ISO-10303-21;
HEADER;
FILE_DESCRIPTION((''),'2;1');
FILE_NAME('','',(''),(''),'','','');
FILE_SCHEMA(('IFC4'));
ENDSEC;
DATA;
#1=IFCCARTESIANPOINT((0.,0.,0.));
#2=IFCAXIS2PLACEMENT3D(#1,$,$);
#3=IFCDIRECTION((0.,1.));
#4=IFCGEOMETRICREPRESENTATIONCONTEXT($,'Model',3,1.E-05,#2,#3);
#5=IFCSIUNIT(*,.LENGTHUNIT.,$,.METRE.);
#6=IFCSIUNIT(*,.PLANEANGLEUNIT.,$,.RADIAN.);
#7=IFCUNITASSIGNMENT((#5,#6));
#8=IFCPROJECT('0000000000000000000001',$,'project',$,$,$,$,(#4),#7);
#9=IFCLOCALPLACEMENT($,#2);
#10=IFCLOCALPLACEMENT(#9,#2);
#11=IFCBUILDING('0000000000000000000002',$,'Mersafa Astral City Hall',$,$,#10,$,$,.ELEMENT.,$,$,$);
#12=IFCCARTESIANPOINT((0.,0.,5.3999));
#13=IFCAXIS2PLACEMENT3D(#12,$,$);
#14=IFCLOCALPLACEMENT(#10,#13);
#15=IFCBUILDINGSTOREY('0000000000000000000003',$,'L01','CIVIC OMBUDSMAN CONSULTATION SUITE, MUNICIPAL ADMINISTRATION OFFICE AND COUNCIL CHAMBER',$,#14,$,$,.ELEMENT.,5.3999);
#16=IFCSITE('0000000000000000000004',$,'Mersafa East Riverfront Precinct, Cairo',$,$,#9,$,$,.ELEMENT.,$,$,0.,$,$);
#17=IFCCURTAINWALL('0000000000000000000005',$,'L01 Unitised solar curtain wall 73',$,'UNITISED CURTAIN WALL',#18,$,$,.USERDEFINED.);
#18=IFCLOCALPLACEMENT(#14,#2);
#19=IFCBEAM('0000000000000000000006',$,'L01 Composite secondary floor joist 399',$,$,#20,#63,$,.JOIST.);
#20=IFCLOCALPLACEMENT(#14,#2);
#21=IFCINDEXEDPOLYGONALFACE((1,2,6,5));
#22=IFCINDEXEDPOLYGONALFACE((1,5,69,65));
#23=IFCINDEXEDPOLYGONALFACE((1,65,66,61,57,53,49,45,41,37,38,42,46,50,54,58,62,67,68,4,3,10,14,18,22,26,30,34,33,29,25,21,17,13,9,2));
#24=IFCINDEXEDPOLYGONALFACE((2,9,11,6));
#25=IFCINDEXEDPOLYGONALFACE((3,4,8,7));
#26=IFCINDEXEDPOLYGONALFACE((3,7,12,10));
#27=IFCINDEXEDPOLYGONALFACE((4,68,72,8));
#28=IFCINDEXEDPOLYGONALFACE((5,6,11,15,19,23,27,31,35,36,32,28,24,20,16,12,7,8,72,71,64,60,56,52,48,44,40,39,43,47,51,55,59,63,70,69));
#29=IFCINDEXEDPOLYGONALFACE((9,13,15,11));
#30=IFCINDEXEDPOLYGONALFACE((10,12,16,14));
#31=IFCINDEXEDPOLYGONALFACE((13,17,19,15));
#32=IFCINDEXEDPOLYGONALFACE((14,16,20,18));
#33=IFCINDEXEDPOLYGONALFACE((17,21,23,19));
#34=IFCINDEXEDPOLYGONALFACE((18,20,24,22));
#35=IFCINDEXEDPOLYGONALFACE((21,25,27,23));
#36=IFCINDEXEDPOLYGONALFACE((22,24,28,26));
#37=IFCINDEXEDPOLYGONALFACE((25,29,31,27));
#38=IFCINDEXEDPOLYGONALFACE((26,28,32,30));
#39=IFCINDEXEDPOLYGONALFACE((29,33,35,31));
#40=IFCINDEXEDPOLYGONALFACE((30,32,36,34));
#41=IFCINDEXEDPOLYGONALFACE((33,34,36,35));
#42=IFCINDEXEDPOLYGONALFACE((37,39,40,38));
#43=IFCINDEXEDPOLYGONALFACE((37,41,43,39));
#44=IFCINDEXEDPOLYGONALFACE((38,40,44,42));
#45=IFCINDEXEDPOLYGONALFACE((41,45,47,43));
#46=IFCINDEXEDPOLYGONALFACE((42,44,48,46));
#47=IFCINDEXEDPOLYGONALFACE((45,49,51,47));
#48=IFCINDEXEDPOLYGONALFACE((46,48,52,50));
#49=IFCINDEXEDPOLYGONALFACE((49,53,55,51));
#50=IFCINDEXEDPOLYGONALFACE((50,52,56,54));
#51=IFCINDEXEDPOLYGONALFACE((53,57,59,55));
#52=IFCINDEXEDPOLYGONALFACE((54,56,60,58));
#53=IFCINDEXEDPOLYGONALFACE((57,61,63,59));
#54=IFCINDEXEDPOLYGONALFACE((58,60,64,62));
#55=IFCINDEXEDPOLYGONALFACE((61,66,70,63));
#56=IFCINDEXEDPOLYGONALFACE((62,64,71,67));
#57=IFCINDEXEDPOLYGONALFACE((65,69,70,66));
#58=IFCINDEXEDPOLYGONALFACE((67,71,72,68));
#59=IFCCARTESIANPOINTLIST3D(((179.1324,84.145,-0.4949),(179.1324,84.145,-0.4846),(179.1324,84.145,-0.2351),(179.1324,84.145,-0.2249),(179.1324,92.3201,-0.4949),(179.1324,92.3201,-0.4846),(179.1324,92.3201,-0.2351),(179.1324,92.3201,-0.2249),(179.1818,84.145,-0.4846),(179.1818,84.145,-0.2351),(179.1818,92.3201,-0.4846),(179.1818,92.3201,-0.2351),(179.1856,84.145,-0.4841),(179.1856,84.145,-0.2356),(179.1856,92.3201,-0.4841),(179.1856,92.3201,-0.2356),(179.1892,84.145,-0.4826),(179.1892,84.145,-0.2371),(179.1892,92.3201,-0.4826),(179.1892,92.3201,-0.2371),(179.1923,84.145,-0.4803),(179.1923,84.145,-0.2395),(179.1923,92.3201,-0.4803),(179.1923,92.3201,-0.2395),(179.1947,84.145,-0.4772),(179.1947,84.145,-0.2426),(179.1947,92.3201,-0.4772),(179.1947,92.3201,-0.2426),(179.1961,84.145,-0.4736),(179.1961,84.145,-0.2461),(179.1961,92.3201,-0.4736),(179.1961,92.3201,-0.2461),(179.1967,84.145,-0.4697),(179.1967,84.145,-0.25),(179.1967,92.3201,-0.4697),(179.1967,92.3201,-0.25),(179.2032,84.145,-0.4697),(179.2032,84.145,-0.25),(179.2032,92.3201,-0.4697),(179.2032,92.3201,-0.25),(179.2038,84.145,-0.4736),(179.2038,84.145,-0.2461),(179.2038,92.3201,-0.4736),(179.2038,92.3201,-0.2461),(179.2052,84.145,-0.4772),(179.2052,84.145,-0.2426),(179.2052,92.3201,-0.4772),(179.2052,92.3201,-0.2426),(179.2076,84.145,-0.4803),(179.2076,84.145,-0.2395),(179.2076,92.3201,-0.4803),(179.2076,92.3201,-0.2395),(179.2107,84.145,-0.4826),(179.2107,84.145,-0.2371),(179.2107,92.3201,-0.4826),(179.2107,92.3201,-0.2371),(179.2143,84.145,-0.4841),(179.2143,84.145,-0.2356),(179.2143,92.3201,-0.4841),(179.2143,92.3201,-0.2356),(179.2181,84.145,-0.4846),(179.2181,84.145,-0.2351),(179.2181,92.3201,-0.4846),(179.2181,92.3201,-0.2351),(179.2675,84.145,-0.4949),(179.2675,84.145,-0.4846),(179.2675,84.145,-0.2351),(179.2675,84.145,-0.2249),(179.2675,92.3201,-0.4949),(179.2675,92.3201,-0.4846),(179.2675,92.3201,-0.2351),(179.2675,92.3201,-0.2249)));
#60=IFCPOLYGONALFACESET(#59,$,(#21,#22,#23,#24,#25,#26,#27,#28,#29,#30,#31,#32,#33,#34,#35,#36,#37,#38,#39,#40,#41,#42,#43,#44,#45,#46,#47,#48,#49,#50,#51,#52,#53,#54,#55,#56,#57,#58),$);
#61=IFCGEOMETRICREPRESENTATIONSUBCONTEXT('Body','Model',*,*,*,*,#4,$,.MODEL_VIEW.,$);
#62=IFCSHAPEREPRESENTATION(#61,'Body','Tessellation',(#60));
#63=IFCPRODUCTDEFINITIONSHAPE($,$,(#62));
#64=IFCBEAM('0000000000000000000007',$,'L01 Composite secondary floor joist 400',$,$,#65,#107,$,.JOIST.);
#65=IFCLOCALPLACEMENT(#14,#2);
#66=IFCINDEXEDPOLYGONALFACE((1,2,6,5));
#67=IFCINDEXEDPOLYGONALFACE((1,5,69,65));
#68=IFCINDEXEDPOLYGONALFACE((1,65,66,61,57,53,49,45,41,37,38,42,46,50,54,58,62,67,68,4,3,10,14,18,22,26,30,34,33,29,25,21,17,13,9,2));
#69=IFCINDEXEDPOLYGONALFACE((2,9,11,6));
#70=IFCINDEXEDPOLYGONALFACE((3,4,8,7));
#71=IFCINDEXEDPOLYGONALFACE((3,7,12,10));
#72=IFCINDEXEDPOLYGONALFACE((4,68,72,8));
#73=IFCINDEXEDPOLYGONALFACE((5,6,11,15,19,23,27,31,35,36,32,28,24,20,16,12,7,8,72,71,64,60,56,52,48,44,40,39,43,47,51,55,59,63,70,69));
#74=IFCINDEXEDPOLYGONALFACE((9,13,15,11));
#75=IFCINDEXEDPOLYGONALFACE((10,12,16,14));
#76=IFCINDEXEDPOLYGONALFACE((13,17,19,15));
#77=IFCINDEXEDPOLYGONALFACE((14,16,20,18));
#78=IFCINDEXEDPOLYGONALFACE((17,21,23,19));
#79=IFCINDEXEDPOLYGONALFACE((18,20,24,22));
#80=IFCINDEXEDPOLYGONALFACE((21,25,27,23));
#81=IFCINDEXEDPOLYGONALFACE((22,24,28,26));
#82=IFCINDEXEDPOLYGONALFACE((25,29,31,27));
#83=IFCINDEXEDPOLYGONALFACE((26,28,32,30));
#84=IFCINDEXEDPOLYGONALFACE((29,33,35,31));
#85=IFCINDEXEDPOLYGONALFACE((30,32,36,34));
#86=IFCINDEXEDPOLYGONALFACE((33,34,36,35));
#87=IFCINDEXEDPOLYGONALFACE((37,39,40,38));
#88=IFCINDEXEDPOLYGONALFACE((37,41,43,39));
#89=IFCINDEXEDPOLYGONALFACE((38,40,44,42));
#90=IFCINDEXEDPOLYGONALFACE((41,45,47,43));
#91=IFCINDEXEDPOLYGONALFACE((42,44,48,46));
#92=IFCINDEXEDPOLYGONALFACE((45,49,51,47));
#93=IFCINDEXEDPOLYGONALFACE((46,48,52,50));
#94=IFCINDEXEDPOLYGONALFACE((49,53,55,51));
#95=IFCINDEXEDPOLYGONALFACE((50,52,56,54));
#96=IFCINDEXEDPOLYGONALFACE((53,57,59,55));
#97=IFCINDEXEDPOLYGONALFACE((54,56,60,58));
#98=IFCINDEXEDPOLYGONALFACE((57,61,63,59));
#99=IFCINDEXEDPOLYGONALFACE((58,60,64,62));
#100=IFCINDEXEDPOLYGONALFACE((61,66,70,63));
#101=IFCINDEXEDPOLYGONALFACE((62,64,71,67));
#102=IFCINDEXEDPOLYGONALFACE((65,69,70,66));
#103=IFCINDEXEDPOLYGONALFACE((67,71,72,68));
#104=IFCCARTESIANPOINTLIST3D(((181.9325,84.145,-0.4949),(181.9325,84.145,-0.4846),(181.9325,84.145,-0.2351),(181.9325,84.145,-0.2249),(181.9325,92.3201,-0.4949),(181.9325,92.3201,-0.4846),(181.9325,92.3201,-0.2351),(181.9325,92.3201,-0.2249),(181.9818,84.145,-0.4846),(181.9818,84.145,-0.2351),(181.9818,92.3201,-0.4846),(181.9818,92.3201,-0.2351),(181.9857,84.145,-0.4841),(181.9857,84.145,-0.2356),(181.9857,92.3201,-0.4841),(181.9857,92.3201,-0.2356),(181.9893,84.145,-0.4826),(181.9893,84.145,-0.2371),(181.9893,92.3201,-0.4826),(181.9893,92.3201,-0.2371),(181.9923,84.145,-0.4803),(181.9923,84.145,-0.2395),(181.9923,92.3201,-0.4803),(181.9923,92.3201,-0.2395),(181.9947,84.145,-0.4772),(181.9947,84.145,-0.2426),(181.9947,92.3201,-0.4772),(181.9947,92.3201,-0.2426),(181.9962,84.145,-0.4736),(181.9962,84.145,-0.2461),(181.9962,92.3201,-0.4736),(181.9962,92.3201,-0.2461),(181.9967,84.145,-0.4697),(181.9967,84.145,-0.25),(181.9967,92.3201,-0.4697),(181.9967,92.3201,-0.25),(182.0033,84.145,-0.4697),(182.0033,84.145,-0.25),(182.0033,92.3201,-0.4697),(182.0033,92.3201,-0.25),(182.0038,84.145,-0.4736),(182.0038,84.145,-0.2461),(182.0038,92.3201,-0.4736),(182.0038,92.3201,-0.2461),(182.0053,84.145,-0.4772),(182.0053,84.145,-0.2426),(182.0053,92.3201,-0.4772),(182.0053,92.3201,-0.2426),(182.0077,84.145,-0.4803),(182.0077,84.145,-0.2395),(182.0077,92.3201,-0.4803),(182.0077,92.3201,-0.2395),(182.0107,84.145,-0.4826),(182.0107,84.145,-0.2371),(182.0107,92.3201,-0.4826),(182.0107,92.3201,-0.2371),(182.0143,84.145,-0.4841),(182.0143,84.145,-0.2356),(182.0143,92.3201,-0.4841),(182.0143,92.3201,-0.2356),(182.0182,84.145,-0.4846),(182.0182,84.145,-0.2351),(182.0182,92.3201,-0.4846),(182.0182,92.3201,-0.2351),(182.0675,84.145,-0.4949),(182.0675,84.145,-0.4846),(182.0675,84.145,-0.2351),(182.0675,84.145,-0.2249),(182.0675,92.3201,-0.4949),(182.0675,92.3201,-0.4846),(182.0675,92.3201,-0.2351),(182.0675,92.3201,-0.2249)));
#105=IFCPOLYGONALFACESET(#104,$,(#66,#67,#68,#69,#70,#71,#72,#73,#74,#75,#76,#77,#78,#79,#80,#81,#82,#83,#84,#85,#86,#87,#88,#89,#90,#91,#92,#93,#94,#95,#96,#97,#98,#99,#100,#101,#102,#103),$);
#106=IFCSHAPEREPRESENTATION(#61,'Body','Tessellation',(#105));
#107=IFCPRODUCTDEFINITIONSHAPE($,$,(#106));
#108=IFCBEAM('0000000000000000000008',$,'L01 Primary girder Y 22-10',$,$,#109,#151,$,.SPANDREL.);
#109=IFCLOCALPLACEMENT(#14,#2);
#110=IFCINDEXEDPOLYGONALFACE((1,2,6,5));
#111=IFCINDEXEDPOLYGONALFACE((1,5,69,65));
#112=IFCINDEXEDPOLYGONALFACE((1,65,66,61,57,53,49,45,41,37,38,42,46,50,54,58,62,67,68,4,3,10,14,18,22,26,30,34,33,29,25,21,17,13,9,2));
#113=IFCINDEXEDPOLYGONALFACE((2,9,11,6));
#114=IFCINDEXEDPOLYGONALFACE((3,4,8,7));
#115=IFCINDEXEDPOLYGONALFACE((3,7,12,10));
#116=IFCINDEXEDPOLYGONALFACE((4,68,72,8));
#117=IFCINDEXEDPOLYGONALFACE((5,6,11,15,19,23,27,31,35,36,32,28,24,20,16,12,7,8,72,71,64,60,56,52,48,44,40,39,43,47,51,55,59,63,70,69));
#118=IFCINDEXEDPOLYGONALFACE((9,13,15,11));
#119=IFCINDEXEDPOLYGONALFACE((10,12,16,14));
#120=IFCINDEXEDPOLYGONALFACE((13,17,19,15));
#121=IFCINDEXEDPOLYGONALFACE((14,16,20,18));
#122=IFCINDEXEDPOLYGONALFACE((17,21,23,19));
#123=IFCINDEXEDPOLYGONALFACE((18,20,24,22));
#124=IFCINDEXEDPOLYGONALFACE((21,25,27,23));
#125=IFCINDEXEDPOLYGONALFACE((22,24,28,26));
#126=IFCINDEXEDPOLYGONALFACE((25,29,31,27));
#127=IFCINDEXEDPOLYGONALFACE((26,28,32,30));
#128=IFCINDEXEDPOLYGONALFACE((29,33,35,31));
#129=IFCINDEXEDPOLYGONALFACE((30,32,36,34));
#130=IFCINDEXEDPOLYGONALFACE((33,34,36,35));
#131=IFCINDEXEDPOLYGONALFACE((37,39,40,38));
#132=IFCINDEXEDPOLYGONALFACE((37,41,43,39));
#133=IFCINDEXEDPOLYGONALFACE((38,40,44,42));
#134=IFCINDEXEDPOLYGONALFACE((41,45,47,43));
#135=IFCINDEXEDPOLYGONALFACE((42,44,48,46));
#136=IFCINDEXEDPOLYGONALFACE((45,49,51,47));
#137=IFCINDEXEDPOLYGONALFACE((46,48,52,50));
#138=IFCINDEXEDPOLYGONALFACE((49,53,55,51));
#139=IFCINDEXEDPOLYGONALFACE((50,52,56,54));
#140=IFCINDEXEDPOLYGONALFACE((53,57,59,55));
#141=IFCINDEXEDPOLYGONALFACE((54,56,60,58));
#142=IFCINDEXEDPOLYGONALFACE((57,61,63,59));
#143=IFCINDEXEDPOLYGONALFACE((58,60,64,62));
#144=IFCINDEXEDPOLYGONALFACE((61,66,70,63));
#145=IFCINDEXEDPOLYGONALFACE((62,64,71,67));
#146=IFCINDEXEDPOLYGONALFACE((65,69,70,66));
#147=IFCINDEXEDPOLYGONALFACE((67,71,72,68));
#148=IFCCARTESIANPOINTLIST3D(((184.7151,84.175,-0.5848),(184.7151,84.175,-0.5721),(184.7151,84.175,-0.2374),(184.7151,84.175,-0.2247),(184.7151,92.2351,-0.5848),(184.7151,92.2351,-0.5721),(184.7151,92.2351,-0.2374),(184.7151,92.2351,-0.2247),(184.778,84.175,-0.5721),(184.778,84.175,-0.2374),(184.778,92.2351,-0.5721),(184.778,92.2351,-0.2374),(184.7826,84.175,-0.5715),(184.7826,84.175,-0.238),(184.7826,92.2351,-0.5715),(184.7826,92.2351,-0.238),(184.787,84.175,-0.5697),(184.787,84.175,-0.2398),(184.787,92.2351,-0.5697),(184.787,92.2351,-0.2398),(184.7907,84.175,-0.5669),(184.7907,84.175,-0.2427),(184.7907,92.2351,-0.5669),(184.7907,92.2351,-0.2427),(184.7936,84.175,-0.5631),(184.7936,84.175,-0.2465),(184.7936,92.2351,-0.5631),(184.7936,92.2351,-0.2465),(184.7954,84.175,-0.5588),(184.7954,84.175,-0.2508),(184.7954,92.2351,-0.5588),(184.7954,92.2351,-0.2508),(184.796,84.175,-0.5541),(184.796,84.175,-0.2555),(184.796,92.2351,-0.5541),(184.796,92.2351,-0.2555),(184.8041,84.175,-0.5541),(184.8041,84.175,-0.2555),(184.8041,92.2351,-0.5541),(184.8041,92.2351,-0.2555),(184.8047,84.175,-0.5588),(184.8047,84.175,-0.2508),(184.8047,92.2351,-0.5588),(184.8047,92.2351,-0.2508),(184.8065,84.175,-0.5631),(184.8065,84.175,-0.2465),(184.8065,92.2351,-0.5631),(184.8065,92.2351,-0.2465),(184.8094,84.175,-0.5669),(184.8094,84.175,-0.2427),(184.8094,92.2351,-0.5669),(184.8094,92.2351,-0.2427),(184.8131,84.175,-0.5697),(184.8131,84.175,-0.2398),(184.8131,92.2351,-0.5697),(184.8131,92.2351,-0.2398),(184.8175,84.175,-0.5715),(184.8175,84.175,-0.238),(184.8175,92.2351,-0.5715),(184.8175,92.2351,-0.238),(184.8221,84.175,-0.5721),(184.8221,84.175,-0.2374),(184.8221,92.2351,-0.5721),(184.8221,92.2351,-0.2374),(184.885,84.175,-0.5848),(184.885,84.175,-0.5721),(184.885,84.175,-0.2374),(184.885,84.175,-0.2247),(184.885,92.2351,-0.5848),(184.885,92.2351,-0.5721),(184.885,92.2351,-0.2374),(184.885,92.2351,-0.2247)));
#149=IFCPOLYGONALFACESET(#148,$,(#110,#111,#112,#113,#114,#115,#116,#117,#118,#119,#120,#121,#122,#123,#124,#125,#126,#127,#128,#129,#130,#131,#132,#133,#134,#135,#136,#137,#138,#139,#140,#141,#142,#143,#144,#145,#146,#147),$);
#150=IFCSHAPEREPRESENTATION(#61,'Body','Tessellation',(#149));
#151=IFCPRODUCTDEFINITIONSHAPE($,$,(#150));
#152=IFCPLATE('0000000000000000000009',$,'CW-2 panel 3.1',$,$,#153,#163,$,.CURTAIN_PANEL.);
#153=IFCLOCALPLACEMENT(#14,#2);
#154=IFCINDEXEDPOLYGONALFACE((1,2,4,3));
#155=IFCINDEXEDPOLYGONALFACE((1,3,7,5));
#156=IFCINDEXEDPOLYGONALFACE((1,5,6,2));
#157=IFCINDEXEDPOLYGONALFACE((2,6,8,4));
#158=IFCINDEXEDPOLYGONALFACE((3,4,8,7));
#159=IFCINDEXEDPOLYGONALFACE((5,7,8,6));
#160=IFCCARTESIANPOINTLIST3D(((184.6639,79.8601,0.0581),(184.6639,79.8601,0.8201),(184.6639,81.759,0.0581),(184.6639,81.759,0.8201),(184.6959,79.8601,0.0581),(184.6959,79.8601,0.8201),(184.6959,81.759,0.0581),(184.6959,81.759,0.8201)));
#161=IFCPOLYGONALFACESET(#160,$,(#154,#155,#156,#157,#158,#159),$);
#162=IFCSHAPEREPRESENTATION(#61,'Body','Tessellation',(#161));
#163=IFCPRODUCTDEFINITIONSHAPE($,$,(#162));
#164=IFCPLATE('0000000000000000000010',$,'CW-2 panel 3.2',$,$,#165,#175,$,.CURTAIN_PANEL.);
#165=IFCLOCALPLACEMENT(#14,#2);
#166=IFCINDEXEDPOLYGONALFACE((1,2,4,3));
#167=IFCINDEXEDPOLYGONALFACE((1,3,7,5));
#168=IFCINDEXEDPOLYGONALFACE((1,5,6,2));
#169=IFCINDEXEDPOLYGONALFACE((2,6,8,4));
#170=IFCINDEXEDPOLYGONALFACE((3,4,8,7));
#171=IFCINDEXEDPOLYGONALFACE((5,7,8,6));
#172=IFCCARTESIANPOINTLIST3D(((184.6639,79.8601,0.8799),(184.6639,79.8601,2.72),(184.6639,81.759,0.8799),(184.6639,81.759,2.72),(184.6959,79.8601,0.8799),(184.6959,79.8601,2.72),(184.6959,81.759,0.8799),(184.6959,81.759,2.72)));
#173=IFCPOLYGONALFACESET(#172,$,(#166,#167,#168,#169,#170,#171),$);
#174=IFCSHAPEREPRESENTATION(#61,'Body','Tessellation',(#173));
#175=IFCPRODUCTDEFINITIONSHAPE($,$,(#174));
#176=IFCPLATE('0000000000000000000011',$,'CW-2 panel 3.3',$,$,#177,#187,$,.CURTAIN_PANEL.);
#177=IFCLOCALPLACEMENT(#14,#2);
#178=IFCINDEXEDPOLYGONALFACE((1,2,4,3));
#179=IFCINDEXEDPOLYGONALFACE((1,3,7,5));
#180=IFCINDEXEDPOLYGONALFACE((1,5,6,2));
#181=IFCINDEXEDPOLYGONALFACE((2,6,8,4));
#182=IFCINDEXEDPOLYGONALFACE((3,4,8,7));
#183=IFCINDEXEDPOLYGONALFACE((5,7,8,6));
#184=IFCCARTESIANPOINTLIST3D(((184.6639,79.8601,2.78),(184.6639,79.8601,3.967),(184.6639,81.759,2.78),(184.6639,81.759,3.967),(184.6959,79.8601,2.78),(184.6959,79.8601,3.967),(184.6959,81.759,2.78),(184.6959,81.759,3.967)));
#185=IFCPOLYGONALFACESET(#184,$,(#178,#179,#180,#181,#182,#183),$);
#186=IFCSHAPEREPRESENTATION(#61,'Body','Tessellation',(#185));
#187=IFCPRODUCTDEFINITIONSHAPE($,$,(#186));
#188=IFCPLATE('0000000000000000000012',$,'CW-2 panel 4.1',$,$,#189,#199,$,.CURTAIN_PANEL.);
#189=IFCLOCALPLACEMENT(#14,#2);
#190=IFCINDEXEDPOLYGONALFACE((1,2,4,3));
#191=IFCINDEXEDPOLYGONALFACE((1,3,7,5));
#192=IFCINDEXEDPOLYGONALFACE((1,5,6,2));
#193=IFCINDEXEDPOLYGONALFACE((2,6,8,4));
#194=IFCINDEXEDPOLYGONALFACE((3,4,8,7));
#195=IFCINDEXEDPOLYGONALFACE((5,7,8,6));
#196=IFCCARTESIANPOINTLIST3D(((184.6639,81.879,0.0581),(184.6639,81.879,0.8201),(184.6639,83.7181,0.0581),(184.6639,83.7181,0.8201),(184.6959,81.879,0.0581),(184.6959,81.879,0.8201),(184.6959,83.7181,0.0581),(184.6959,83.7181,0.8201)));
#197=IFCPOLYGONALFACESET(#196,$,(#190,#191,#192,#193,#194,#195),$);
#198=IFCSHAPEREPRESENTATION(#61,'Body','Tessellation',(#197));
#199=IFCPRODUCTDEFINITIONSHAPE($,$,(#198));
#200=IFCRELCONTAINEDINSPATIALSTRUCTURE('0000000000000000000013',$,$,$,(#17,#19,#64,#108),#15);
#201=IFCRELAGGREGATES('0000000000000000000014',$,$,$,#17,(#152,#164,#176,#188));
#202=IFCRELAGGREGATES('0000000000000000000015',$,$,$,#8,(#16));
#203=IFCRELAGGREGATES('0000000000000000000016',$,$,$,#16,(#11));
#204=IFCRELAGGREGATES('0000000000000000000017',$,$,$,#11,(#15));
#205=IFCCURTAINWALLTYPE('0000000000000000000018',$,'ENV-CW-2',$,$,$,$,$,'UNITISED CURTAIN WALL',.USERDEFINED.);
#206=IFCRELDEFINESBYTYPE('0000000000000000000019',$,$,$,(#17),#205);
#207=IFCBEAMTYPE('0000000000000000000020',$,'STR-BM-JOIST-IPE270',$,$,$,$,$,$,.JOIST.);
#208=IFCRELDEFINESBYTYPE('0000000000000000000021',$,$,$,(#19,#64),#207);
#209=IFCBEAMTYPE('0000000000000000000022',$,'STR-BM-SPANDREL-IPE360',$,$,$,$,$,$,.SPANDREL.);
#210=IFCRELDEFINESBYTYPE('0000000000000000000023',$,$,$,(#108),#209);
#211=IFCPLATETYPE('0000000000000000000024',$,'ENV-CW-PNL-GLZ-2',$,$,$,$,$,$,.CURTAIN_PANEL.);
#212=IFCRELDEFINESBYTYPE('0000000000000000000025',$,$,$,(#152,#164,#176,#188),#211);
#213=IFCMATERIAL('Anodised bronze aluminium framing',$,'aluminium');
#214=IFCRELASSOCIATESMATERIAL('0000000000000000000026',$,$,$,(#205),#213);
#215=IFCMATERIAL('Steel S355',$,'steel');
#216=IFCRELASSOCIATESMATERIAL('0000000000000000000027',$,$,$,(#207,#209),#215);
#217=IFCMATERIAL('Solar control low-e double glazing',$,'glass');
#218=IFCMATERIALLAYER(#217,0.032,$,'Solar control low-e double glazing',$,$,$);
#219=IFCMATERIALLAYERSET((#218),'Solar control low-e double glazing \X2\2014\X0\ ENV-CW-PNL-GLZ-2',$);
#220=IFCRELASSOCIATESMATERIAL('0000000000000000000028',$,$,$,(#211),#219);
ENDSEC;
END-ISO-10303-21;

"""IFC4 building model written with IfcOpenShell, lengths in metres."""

from ifc_helpers import new_model, si_unit, direction, frame, origin, origin_2d, place, context, subcontext, project, spatial, rectangle, i_section, extrude, material, layer, layer_set, material_profile, profile_set, type_object, element, aggregate, save


model = new_model("IFC4")

# Units and contexts
model_context = context("Model", 3, precision=1e-05, world=origin(), true_north=direction((0.0, 1.0)))
body_context = subcontext(model_context, "Body", "Model", "MODEL_VIEW")
ifc_project = project(units=[si_unit("LENGTHUNIT", "METRE"), si_unit("PLANEANGLEUNIT", "RADIAN")], contexts=[model_context])

# Site, building, storey
site_placement = place(None, origin())
site = spatial("IfcSite", under=ifc_project, at=site_placement, Name="Mersafa East Riverfront Precinct, Cairo", CompositionType="ELEMENT", RefElevation=0.0)
building_placement = place(site_placement, origin())
building = spatial("IfcBuilding", under=site, at=building_placement, Name="Mersafa Astral City Hall", CompositionType="ELEMENT")
storey_placement = place(building_placement, frame((0.0, 0.0, 5.3999)))
storey = spatial("IfcBuildingStorey", under=building, at=storey_placement, Name="L01", Description="CIVIC OMBUDSMAN CONSULTATION SUITE, MUNICIPAL ADMINISTRATION OFFICE AND COUNCIL CHAMBER", CompositionType="ELEMENT", Elevation=5.3999)

# Shared definitions
ifc_material_1 = material(Name="Steel S355", Category="steel")

# Curtain wall
ifc_material_2 = material(Name="Anodised bronze aluminium framing", Category="aluminium")
curtain_wall_type = type_object("IfcCurtainWallType", Name="ENV-CW-2", ElementType="UNITISED CURTAIN WALL", PredefinedType="USERDEFINED", material=ifc_material_2)
curtain_wall_placement = place(storey_placement, origin())
curtain_wall = element("IfcCurtainWall", 1, at=curtain_wall_placement, inside=storey, type_object=curtain_wall_type, Name="L01 Unitised solar curtain wall 73", ObjectType="UNITISED CURTAIN WALL", PredefinedType="USERDEFINED")

# Beams
ifc_material_profile_1 = material_profile(ifc_material_1, i_section(OverallWidth=0.135, OverallDepth=0.27, WebThickness=0.0066, FlangeThickness=0.0103, FilletRadius=0.0149, at=origin_2d()), Name="IPE 270")
ifc_profile_set_1 = profile_set([ifc_material_profile_1], Name="Steel S355")
beam_type_1 = type_object("IfcBeamType", Name="STR-BM-JOIST-IPE270", PredefinedType="JOIST", material=ifc_profile_set_1)
for number, where, z_axis, x_axis, name in (
    (2, (179.2, 84.145, -0.3599), (0.0, 1.0, 0.0), (-1.0, 0.0, 0.0), "L01 Composite secondary floor joist 399"),
    (3, (182.0, 84.145, -0.3599), (0.0, 1.0, 0.0), (-1.0, 0.0, 0.0), "L01 Composite secondary floor joist 400"),
):
    element("IfcBeam", number, at=place(storey_placement, frame(where, z_axis=z_axis, x_axis=x_axis)), inside=storey, type_object=beam_type_1, Name=name, PredefinedType="JOIST", context=body_context, shape_type="SweptSolid", body=[
        extrude(i_section(OverallWidth=0.135, OverallDepth=0.27, WebThickness=0.0066, FlangeThickness=0.0103, FilletRadius=0.0149, at=origin_2d()), origin(), (0.0, 0.0, 1.0), 8.175),
    ])
ifc_material_profile_2 = material_profile(ifc_material_1, i_section(OverallWidth=0.1699, OverallDepth=0.3601, WebThickness=0.0081, FlangeThickness=0.0127, FilletRadius=0.0181, at=origin_2d()), Name="IPE 360")
ifc_profile_set_2 = profile_set([ifc_material_profile_2], Name="Steel S355")
beam_type_2 = type_object("IfcBeamType", Name="STR-BM-SPANDREL-IPE360", PredefinedType="SPANDREL", material=ifc_profile_set_2)
beam_1_placement = place(storey_placement, frame((184.8, 84.175, -0.4048), z_axis=(0.0, 1.0, 0.0), x_axis=(-1.0, 0.0, 0.0)))
element("IfcBeam", 4, at=beam_1_placement, inside=storey, type_object=beam_type_2, Name="L01 Primary girder Y 22-10", PredefinedType="SPANDREL", context=body_context, shape_type="SweptSolid", body=[
    extrude(i_section(OverallWidth=0.1699, OverallDepth=0.3601, WebThickness=0.0081, FlangeThickness=0.0127, FilletRadius=0.0181, at=origin_2d()), origin(), (0.0, 0.0, 1.0), 8.0601),
])

# Plates
ifc_material_3 = material(Name="Solar control low-e double glazing", Category="glass")
ifc_layer_1 = layer(ifc_material_3, 0.032, Name="Solar control low-e double glazing")
ifc_layer_set_1 = layer_set([ifc_layer_1], Name="Solar control low-e double glazing — ENV-CW-PNL-GLZ-2")
plate_type = type_object("IfcPlateType", Name="ENV-CW-PNL-GLZ-2", PredefinedType="CURTAIN_PANEL", material=ifc_layer_set_1)
plate_1_placement = place(storey_placement, frame((184.6799, 80.8096, 0.0581), z_axis=(0.0, 0.0, 1.0), x_axis=(0.0, 1.0, 0.0)))
plate_1 = element("IfcPlate", 5, at=plate_1_placement, type_object=plate_type, Name="CW-2 panel 3.1", PredefinedType="CURTAIN_PANEL", context=body_context, shape_type="SweptSolid", body=[
    extrude(rectangle(XDim=1.8989, YDim=0.032, at=origin_2d()), origin(), (0.0, 0.0, 1.0), 0.762),
])
plate_2_placement = place(storey_placement, frame((184.6799, 80.8096, 0.8799), z_axis=(0.0, 0.0, 1.0), x_axis=(0.0, 1.0, 0.0)))
plate_2 = element("IfcPlate", 6, at=plate_2_placement, type_object=plate_type, Name="CW-2 panel 3.2", PredefinedType="CURTAIN_PANEL", context=body_context, shape_type="SweptSolid", body=[
    extrude(rectangle(XDim=1.8989, YDim=0.032, at=origin_2d()), origin(), (0.0, 0.0, 1.0), 1.8401),
])
plate_3_placement = place(storey_placement, frame((184.6799, 80.8096, 2.78), z_axis=(0.0, 0.0, 1.0), x_axis=(0.0, 1.0, 0.0)))
plate_3 = element("IfcPlate", 7, at=plate_3_placement, type_object=plate_type, Name="CW-2 panel 3.3", PredefinedType="CURTAIN_PANEL", context=body_context, shape_type="SweptSolid", body=[
    extrude(rectangle(XDim=1.8989, YDim=0.032, at=origin_2d()), origin(), (0.0, 0.0, 1.0), 1.187),
])
plate_4_placement = place(storey_placement, frame((184.6799, 82.7986, 0.0581), z_axis=(0.0, 0.0, 1.0), x_axis=(0.0, 1.0, 0.0)))
plate_4 = element("IfcPlate", 8, at=plate_4_placement, type_object=plate_type, Name="CW-2 panel 4.1", PredefinedType="CURTAIN_PANEL", context=body_context, shape_type="SweptSolid", body=[
    extrude(rectangle(XDim=1.8391, YDim=0.032, at=origin_2d()), origin(), (0.0, 0.0, 1.0), 0.762),
])
aggregate(curtain_wall, [plate_1, plate_2, plate_3, plate_4])

save(model, "model.ifc")
